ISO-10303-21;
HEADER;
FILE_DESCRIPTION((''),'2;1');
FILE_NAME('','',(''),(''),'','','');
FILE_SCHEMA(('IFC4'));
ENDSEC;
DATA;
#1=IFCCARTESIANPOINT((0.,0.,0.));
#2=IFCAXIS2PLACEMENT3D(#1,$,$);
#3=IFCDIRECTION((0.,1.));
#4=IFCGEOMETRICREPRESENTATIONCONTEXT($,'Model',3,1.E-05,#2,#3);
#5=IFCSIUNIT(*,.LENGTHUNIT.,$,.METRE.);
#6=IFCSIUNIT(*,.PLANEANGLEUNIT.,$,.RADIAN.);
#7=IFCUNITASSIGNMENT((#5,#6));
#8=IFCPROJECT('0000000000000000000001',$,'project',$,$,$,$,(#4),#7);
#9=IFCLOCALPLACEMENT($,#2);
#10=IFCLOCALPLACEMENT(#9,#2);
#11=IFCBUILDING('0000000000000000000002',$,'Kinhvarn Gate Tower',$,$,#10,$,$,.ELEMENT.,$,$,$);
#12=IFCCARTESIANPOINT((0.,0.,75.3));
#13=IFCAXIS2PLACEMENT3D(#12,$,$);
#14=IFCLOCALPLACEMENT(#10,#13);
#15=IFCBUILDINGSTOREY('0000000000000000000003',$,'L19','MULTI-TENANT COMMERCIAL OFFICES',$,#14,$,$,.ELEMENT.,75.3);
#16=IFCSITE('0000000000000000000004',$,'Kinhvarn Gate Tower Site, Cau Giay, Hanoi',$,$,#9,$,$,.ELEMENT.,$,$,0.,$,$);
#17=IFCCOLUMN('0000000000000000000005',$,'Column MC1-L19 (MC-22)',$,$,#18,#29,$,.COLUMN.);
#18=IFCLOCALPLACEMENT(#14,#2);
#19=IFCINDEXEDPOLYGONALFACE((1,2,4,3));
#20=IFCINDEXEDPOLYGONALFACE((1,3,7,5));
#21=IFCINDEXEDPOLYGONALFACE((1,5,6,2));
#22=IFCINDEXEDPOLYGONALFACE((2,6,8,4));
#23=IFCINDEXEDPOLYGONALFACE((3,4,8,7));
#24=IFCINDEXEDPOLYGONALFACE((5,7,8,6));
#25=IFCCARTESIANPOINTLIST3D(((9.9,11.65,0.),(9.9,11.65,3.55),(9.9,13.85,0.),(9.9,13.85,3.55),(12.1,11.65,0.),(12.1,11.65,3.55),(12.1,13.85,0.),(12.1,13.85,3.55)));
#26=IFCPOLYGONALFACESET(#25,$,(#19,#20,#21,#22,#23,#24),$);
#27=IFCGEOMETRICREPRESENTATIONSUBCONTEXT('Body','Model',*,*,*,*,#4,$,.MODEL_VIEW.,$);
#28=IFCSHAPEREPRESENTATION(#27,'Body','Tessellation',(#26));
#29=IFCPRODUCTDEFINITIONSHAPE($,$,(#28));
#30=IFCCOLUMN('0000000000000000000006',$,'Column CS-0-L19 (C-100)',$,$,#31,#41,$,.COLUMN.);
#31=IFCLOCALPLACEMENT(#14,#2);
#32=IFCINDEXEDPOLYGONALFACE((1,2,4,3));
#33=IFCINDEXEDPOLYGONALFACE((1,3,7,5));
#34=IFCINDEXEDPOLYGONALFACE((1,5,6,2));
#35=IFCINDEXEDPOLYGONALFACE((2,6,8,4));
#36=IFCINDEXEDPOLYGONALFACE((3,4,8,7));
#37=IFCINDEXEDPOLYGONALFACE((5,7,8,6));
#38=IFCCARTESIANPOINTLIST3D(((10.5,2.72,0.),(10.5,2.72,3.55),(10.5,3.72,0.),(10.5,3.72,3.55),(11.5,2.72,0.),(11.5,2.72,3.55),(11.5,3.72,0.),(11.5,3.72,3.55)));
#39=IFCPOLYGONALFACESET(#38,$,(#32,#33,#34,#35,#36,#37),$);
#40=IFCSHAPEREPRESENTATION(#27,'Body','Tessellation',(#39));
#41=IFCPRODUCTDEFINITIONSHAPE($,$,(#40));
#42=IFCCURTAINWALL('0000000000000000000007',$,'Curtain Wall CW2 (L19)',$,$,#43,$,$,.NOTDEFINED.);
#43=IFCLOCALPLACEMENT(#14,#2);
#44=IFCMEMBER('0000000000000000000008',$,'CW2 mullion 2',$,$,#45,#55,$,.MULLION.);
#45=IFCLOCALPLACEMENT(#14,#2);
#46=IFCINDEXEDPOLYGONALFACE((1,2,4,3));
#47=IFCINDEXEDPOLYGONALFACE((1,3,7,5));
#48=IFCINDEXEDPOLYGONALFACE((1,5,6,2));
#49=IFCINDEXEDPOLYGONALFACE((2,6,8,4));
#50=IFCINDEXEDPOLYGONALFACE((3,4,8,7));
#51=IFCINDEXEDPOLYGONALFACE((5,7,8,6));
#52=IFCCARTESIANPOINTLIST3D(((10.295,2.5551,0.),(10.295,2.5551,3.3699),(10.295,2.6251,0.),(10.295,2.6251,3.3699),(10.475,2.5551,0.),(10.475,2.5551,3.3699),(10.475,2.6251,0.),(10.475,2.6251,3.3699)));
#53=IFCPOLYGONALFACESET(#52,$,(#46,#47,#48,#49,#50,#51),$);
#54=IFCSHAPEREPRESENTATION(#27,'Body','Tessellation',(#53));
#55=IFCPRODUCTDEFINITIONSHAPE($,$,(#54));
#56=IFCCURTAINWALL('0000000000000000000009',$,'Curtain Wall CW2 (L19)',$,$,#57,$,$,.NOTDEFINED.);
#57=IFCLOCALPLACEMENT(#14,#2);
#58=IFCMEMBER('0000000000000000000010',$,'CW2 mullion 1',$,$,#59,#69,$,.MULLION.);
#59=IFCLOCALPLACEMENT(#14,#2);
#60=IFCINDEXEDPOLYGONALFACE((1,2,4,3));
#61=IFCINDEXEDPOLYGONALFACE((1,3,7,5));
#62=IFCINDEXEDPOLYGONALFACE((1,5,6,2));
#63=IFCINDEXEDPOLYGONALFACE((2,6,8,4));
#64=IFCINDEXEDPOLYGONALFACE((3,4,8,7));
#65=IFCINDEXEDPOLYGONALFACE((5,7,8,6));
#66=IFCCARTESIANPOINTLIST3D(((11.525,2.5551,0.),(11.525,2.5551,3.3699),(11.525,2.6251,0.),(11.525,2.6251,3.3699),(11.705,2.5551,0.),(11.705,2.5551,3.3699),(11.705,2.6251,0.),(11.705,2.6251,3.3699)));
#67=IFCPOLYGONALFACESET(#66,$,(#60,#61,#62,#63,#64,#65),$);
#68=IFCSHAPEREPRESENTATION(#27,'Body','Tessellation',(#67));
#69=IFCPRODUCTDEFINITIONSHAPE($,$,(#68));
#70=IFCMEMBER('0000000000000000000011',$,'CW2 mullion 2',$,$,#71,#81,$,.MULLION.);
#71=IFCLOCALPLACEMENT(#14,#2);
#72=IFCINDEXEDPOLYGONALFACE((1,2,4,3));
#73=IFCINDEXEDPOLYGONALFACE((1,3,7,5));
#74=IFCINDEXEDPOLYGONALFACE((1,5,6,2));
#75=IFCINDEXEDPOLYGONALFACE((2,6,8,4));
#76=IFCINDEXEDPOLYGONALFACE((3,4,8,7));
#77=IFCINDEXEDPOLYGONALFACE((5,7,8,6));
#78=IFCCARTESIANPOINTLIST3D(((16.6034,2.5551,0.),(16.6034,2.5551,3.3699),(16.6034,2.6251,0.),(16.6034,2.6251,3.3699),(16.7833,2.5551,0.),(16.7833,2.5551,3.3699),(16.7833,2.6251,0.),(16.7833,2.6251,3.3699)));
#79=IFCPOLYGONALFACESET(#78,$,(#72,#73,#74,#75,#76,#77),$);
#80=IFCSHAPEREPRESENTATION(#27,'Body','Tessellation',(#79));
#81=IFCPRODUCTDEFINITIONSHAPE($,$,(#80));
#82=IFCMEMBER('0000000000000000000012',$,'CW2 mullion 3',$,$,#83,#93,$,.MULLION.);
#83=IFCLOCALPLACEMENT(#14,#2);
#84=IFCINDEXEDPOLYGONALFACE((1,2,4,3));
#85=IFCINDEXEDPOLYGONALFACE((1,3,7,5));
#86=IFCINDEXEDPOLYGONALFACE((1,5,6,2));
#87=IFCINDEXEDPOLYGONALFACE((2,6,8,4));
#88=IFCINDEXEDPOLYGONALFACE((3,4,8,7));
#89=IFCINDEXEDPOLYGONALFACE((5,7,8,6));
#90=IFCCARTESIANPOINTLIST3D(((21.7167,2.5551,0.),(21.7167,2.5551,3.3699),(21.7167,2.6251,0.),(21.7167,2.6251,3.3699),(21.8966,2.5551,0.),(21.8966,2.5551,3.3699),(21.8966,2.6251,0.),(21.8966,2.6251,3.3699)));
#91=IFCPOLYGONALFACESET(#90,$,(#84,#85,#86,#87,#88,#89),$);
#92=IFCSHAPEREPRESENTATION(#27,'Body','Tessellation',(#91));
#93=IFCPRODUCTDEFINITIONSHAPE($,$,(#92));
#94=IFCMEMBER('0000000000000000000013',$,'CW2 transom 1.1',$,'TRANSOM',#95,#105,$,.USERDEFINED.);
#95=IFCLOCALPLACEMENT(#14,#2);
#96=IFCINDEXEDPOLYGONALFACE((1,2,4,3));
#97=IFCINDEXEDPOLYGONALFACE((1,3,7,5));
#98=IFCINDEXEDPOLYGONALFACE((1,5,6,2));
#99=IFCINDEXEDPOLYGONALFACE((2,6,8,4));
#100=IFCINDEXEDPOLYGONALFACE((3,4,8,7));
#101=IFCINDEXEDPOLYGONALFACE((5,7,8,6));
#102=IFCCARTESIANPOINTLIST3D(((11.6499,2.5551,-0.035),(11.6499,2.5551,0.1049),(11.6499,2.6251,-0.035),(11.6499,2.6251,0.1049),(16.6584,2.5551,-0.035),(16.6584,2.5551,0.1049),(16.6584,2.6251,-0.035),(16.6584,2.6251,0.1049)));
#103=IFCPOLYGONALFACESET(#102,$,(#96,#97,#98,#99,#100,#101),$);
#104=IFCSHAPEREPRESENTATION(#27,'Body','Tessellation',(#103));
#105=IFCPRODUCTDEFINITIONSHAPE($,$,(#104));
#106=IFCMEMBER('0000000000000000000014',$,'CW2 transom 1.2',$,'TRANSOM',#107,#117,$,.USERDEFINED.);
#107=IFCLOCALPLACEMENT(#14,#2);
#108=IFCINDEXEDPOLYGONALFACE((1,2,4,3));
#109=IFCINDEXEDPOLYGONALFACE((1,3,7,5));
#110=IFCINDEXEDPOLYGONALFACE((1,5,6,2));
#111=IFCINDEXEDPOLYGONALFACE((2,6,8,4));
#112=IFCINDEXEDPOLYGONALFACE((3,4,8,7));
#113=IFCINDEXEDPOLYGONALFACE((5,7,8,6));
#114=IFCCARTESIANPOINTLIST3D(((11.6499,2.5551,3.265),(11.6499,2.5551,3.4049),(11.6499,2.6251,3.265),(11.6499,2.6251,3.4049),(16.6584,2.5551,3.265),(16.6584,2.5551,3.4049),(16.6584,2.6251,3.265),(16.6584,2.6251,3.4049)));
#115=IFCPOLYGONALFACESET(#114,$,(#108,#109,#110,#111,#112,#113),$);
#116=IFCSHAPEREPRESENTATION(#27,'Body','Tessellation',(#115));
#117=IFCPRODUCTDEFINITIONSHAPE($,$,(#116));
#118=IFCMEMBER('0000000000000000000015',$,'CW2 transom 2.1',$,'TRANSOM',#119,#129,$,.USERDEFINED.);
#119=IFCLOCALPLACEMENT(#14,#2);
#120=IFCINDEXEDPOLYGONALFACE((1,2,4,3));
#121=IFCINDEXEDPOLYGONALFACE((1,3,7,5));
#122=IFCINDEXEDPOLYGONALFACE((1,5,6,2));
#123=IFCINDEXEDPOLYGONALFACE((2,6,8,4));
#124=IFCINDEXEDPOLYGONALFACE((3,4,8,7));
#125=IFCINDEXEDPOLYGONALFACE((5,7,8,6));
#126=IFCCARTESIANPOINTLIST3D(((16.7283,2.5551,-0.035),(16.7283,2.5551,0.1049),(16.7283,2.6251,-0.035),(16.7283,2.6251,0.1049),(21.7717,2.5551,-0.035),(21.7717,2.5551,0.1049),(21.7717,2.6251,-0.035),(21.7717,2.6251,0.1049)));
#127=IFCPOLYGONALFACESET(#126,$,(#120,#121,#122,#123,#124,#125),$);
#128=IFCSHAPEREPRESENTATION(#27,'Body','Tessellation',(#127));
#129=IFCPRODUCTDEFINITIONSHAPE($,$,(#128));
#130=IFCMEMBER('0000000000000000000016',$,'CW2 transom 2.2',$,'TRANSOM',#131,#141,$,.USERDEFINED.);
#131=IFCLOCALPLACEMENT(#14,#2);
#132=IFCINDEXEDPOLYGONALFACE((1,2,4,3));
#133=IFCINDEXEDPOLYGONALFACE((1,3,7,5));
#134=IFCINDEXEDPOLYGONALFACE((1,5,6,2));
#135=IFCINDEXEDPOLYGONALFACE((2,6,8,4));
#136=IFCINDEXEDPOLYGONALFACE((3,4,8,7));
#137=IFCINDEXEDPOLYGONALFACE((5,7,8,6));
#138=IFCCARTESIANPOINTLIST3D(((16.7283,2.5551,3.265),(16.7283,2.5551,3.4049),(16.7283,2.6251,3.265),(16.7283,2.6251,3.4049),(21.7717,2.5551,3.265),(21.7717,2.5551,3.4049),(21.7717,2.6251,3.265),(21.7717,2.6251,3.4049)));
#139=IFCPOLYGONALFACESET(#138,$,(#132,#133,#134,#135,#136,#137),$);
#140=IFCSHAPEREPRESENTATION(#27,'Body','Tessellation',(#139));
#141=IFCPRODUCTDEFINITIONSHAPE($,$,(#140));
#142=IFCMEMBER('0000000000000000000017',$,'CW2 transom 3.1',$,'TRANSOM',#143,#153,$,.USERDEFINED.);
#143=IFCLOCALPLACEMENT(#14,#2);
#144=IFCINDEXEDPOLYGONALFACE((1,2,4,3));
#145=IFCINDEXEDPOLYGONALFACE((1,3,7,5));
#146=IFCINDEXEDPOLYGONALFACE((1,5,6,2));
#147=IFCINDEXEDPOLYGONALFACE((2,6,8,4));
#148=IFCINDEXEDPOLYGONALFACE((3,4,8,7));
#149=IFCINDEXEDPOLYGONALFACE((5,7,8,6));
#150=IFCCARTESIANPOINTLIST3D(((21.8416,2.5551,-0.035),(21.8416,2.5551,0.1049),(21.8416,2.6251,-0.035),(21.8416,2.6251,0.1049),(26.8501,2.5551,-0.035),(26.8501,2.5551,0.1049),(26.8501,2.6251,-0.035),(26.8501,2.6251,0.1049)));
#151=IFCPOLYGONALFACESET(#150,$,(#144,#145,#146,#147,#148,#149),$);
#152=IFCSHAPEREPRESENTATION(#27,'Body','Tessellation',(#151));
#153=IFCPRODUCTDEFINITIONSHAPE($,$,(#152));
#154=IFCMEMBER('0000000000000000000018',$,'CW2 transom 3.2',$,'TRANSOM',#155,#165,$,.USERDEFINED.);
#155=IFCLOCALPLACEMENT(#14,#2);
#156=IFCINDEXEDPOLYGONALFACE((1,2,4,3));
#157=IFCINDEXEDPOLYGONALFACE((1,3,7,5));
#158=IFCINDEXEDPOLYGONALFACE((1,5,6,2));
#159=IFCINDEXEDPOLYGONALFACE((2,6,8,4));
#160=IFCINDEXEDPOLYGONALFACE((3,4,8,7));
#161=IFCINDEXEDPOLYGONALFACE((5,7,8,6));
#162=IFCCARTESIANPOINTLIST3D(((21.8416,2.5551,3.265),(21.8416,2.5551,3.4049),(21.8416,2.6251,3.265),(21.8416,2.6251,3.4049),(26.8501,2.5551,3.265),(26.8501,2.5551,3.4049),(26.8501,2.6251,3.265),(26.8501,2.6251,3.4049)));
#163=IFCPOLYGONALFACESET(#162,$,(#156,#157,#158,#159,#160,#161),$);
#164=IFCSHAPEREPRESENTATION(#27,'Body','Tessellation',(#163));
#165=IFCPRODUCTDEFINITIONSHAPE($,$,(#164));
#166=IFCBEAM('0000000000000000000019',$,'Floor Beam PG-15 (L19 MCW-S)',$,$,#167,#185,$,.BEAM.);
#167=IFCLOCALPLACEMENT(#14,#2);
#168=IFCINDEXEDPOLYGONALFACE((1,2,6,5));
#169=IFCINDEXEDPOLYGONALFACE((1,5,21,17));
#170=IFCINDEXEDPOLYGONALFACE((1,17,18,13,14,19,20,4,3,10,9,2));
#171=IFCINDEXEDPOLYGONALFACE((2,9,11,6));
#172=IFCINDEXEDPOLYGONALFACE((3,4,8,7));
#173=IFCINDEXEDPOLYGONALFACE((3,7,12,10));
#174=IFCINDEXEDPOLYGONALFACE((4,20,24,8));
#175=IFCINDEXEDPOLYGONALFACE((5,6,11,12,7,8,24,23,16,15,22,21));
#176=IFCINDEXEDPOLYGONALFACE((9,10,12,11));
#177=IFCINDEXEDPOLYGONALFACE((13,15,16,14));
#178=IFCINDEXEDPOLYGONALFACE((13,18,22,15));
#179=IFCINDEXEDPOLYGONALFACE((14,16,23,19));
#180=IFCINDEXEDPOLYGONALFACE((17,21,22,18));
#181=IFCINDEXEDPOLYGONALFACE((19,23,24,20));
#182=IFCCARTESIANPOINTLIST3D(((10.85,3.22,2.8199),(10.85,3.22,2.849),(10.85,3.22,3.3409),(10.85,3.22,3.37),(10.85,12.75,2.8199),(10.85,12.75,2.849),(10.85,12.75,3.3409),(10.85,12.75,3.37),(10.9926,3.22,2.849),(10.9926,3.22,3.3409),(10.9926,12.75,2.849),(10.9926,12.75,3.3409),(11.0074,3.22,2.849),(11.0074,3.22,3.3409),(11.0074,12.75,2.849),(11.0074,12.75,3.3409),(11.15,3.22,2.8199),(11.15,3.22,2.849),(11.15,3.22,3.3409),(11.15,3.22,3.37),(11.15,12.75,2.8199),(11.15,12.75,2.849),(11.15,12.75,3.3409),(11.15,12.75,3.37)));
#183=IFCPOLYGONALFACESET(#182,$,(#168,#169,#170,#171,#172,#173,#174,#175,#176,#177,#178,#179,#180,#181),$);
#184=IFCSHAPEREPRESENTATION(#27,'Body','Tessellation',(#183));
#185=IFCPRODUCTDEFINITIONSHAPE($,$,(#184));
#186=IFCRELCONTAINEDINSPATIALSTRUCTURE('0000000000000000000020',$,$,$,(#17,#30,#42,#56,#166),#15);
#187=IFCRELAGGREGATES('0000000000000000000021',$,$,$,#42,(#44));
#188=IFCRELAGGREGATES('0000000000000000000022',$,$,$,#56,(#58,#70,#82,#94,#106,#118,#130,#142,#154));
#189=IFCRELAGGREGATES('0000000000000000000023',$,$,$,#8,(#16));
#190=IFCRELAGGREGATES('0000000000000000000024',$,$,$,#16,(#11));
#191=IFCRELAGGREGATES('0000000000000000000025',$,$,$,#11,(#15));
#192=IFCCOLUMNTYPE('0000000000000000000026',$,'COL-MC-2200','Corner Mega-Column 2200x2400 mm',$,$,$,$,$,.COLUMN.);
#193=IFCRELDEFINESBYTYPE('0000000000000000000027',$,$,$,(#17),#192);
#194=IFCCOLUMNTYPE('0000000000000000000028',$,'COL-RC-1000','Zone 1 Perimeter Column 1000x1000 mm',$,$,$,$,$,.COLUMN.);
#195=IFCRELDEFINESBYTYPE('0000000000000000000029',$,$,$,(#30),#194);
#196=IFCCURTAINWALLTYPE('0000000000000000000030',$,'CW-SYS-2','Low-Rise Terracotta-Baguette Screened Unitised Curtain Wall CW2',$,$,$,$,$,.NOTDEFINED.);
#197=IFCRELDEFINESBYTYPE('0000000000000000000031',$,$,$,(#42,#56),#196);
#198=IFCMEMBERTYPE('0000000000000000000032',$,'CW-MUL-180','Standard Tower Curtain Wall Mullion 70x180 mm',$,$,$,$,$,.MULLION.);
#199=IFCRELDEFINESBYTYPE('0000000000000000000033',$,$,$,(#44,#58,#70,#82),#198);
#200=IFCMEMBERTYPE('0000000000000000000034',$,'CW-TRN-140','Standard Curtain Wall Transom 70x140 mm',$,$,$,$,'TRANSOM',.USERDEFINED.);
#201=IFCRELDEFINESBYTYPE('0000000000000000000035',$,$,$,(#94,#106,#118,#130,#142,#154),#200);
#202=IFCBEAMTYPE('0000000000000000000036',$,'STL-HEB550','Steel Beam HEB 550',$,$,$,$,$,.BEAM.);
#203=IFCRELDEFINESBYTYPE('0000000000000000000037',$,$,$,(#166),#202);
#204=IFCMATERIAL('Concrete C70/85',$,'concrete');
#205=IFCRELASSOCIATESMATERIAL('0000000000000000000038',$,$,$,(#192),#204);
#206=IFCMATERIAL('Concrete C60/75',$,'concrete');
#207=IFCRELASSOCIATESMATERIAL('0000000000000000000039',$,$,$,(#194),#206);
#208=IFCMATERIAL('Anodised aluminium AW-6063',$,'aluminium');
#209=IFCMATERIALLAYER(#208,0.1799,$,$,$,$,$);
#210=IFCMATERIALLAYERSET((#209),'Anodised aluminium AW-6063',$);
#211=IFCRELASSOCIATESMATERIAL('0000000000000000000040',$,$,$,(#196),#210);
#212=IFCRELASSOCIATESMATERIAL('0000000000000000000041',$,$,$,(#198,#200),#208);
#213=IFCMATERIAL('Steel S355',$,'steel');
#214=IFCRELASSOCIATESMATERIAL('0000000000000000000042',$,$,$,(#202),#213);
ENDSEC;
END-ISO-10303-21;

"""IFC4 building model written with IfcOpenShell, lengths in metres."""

from ifc_helpers import new_model, si_unit, direction, frame, origin, origin_2d, place, context, subcontext, project, spatial, rectangle, i_section, extrude, material, layer, layer_set, material_profile, profile_set, type_object, element, aggregate, save


model = new_model("IFC4")

# Units and contexts
model_context = context("Model", 3, precision=1e-05, world=origin(), true_north=direction((0.0, 1.0)))
body_context = subcontext(model_context, "Body", "Model", "MODEL_VIEW")
ifc_project = project(units=[si_unit("LENGTHUNIT", "METRE"), si_unit("PLANEANGLEUNIT", "RADIAN")], contexts=[model_context])

# Site, building, storey
site_placement = place(None, origin())
site = spatial("IfcSite", under=ifc_project, at=site_placement, Name="Kinhvarn Gate Tower Site, Cau Giay, Hanoi", CompositionType="ELEMENT", RefElevation=0.0)
building_placement = place(site_placement, origin())
building = spatial("IfcBuilding", under=site, at=building_placement, Name="Kinhvarn Gate Tower", CompositionType="ELEMENT")
storey_placement = place(building_placement, frame((0.0, 0.0, 75.3)))
storey = spatial("IfcBuildingStorey", under=building, at=storey_placement, Name="L19", Description="MULTI-TENANT COMMERCIAL OFFICES", CompositionType="ELEMENT", Elevation=75.3)

# Columns
ifc_material_1 = material(Name="Concrete C70/85", Category="concrete")
ifc_material_profile_1 = material_profile(ifc_material_1, rectangle(XDim=2.2, YDim=2.2, at=origin_2d()), Name="RC 2200x2200")
ifc_profile_set_1 = profile_set([ifc_material_profile_1], Name="Concrete C70/85")
column_type_1 = type_object("IfcColumnType", Name="COL-MC-2200", Description="Corner Mega-Column 2200x2400 mm", PredefinedType="COLUMN", material=ifc_profile_set_1)
column_1_placement = place(storey_placement, frame((11.0, 12.75, 0.0), z_axis=(0.0, 0.0, 1.0), x_axis=(1.0, 0.0, 0.0)))
element("IfcColumn", 1, at=column_1_placement, inside=storey, type_object=column_type_1, Name="Column MC1-L19 (MC-22)", PredefinedType="COLUMN", context=body_context, shape_type="SweptSolid", body=[
    extrude(rectangle(XDim=2.2, YDim=2.2, at=origin_2d()), origin(), (0.0, 0.0, 1.0), 3.55),
])
ifc_material_2 = material(Name="Concrete C60/75", Category="concrete")
ifc_material_profile_2 = material_profile(ifc_material_2, rectangle(XDim=1.0, YDim=1.0, at=origin_2d()), Name="RC 1000x1000")
ifc_profile_set_2 = profile_set([ifc_material_profile_2], Name="Concrete C60/75")
column_type_2 = type_object("IfcColumnType", Name="COL-RC-1000", Description="Zone 1 Perimeter Column 1000x1000 mm", PredefinedType="COLUMN", material=ifc_profile_set_2)
column_2_placement = place(storey_placement, frame((11.0, 3.22, 0.0), z_axis=(0.0, 0.0, 1.0), x_axis=(1.0, 0.0, 0.0)))
element("IfcColumn", 2, at=column_2_placement, inside=storey, type_object=column_type_2, Name="Column CS-0-L19 (C-100)", PredefinedType="COLUMN", context=body_context, shape_type="SweptSolid", body=[
    extrude(rectangle(XDim=1.0, YDim=1.0, at=origin_2d()), origin(), (0.0, 0.0, 1.0), 3.55),
])

# Curtain wall, member
ifc_material_3 = material(Name="Anodised aluminium AW-6063", Category="aluminium")
ifc_layer_1 = layer(ifc_material_3, 0.1799)
ifc_layer_set_1 = layer_set([ifc_layer_1], Name="Anodised aluminium AW-6063")
curtain_wall_type = type_object("IfcCurtainWallType", Name="CW-SYS-2", Description="Low-Rise Terracotta-Baguette Screened Unitised Curtain Wall CW2", PredefinedType="NOTDEFINED", material=ifc_layer_set_1)
curtain_wall_1_placement = place(storey_placement, origin())
curtain_wall_1 = element("IfcCurtainWall", 3, at=curtain_wall_1_placement, inside=storey, type_object=curtain_wall_type, Name="Curtain Wall CW2 (L19)", PredefinedType="NOTDEFINED")
ifc_material_profile_3 = material_profile(ifc_material_3, rectangle(XDim=0.0701, YDim=0.1799, at=origin_2d()), Name="ALU 70x180")
ifc_profile_set_3 = profile_set([ifc_material_profile_3], Name="Anodised aluminium AW-6063")
member_type_1 = type_object("IfcMemberType", Name="CW-MUL-180", Description="Standard Tower Curtain Wall Mullion 70x180 mm", PredefinedType="MULLION", material=ifc_profile_set_3)
member_1_placement = place(storey_placement, frame((10.385, 2.5901, 0.0), z_axis=(0.0, 0.0, 1.0), x_axis=(0.0, 1.0, 0.0)))
member_1 = element("IfcMember", 4, at=member_1_placement, type_object=member_type_1, Name="CW2 mullion 2", PredefinedType="MULLION", context=body_context, shape_type="SweptSolid", body=[
    extrude(rectangle(XDim=0.0701, YDim=0.1799, at=origin_2d()), origin(), (0.0, 0.0, 1.0), 3.3699),
])
aggregate(curtain_wall_1, [member_1])

# Curtain wall, members
curtain_wall_2_placement = place(storey_placement, origin())
curtain_wall_2 = element("IfcCurtainWall", 5, at=curtain_wall_2_placement, inside=storey, type_object=curtain_wall_type, Name="Curtain Wall CW2 (L19)", PredefinedType="NOTDEFINED")
member_2_placement = place(storey_placement, frame((11.615, 2.5901, 0.0), z_axis=(0.0, 0.0, 1.0), x_axis=(0.0, 1.0, 0.0)))
member_2 = element("IfcMember", 6, at=member_2_placement, type_object=member_type_1, Name="CW2 mullion 1", PredefinedType="MULLION", context=body_context, shape_type="SweptSolid", body=[
    extrude(rectangle(XDim=0.0701, YDim=0.1799, at=origin_2d()), origin(), (0.0, 0.0, 1.0), 3.3699),
])
member_3_placement = place(storey_placement, frame((16.6934, 2.5901, 0.0), z_axis=(0.0, 0.0, 1.0), x_axis=(0.0, 1.0, 0.0)))
member_3 = element("IfcMember", 7, at=member_3_placement, type_object=member_type_1, Name="CW2 mullion 2", PredefinedType="MULLION", context=body_context, shape_type="SweptSolid", body=[
    extrude(rectangle(XDim=0.0701, YDim=0.1799, at=origin_2d()), origin(), (0.0, 0.0, 1.0), 3.3699),
])
member_4_placement = place(storey_placement, frame((21.8066, 2.5901, 0.0), z_axis=(0.0, 0.0, 1.0), x_axis=(0.0, 1.0, 0.0)))
member_4 = element("IfcMember", 8, at=member_4_placement, type_object=member_type_1, Name="CW2 mullion 3", PredefinedType="MULLION", context=body_context, shape_type="SweptSolid", body=[
    extrude(rectangle(XDim=0.0701, YDim=0.1799, at=origin_2d()), origin(), (0.0, 0.0, 1.0), 3.3699),
])
ifc_material_profile_4 = material_profile(ifc_material_3, rectangle(XDim=0.0701, YDim=0.1399, at=origin_2d()), Name="ALU 70x140")
ifc_profile_set_4 = profile_set([ifc_material_profile_4], Name="Anodised aluminium AW-6063")
member_type_2 = type_object("IfcMemberType", Name="CW-TRN-140", Description="Standard Curtain Wall Transom 70x140 mm", ElementType="TRANSOM", PredefinedType="USERDEFINED", material=ifc_profile_set_4)
member_5_placement = place(storey_placement, frame((11.6499, 2.5901, 0.0349), z_axis=(1.0, 0.0, 0.0), x_axis=(0.0, 1.0, 0.0)))
member_5 = element("IfcMember", 9, at=member_5_placement, type_object=member_type_2, Name="CW2 transom 1.1", ObjectType="TRANSOM", PredefinedType="USERDEFINED", context=body_context, shape_type="SweptSolid", body=[
    extrude(rectangle(XDim=0.0701, YDim=0.1399, at=origin_2d()), origin(), (0.0, 0.0, 1.0), 5.0085),
])
member_6_placement = place(storey_placement, frame((11.6499, 2.5901, 3.335), z_axis=(1.0, 0.0, 0.0), x_axis=(0.0, 1.0, 0.0)))
member_6 = element("IfcMember", 10, at=member_6_placement, type_object=member_type_2, Name="CW2 transom 1.2", ObjectType="TRANSOM", PredefinedType="USERDEFINED", context=body_context, shape_type="SweptSolid", body=[
    extrude(rectangle(XDim=0.0701, YDim=0.1399, at=origin_2d()), origin(), (0.0, 0.0, 1.0), 5.0085),
])
member_7_placement = place(storey_placement, frame((16.7283, 2.5901, 0.0349), z_axis=(1.0, 0.0, 0.0), x_axis=(0.0, 1.0, 0.0)))
member_7 = element("IfcMember", 11, at=member_7_placement, type_object=member_type_2, Name="CW2 transom 2.1", ObjectType="TRANSOM", PredefinedType="USERDEFINED", context=body_context, shape_type="SweptSolid", body=[
    extrude(rectangle(XDim=0.0701, YDim=0.1399, at=origin_2d()), origin(), (0.0, 0.0, 1.0), 5.0435),
])
member_8_placement = place(storey_placement, frame((16.7283, 2.5901, 3.335), z_axis=(1.0, 0.0, 0.0), x_axis=(0.0, 1.0, 0.0)))
member_8 = element("IfcMember", 12, at=member_8_placement, type_object=member_type_2, Name="CW2 transom 2.2", ObjectType="TRANSOM", PredefinedType="USERDEFINED", context=body_context, shape_type="SweptSolid", body=[
    extrude(rectangle(XDim=0.0701, YDim=0.1399, at=origin_2d()), origin(), (0.0, 0.0, 1.0), 5.0435),
])
member_9_placement = place(storey_placement, frame((21.8416, 2.5901, 0.0349), z_axis=(1.0, 0.0, 0.0), x_axis=(0.0, 1.0, 0.0)))
member_9 = element("IfcMember", 13, at=member_9_placement, type_object=member_type_2, Name="CW2 transom 3.1", ObjectType="TRANSOM", PredefinedType="USERDEFINED", context=body_context, shape_type="SweptSolid", body=[
    extrude(rectangle(XDim=0.0701, YDim=0.1399, at=origin_2d()), origin(), (0.0, 0.0, 1.0), 5.0085),
])
member_10_placement = place(storey_placement, frame((21.8416, 2.5901, 3.335), z_axis=(1.0, 0.0, 0.0), x_axis=(0.0, 1.0, 0.0)))
member_10 = element("IfcMember", 14, at=member_10_placement, type_object=member_type_2, Name="CW2 transom 3.2", ObjectType="TRANSOM", PredefinedType="USERDEFINED", context=body_context, shape_type="SweptSolid", body=[
    extrude(rectangle(XDim=0.0701, YDim=0.1399, at=origin_2d()), origin(), (0.0, 0.0, 1.0), 5.0085),
])

# Beam
ifc_material_4 = material(Name="Steel S355", Category="steel")
ifc_material_profile_5 = material_profile(ifc_material_4, i_section(OverallWidth=0.3, OverallDepth=0.55, WebThickness=0.0149, FlangeThickness=0.0291, at=origin_2d()), Name="HEB 550")
ifc_profile_set_5 = profile_set([ifc_material_profile_5], Name="Steel S355")
beam_type_1 = type_object("IfcBeamType", Name="STL-HEB550", Description="Steel Beam HEB 550", PredefinedType="BEAM", material=ifc_profile_set_5)
beam_1_placement = place(storey_placement, frame((11.0, 3.22, 3.095), z_axis=(0.0, 1.0, 0.0), x_axis=(-1.0, 0.0, 0.0)))
element("IfcBeam", 15, at=beam_1_placement, inside=storey, type_object=beam_type_1, Name="Floor Beam PG-15 (L19 MCW-S)", PredefinedType="BEAM", context=body_context, shape_type="SweptSolid", body=[
    extrude(i_section(OverallWidth=0.3, OverallDepth=0.55, WebThickness=0.0149, FlangeThickness=0.0291, at=origin_2d()), origin(), (0.0, 0.0, 1.0), 9.53),
])

aggregate(curtain_wall_2, [member_2, member_3, member_4, member_5, member_6, member_7, member_8, member_9, member_10])

save(model, "model.ifc")
